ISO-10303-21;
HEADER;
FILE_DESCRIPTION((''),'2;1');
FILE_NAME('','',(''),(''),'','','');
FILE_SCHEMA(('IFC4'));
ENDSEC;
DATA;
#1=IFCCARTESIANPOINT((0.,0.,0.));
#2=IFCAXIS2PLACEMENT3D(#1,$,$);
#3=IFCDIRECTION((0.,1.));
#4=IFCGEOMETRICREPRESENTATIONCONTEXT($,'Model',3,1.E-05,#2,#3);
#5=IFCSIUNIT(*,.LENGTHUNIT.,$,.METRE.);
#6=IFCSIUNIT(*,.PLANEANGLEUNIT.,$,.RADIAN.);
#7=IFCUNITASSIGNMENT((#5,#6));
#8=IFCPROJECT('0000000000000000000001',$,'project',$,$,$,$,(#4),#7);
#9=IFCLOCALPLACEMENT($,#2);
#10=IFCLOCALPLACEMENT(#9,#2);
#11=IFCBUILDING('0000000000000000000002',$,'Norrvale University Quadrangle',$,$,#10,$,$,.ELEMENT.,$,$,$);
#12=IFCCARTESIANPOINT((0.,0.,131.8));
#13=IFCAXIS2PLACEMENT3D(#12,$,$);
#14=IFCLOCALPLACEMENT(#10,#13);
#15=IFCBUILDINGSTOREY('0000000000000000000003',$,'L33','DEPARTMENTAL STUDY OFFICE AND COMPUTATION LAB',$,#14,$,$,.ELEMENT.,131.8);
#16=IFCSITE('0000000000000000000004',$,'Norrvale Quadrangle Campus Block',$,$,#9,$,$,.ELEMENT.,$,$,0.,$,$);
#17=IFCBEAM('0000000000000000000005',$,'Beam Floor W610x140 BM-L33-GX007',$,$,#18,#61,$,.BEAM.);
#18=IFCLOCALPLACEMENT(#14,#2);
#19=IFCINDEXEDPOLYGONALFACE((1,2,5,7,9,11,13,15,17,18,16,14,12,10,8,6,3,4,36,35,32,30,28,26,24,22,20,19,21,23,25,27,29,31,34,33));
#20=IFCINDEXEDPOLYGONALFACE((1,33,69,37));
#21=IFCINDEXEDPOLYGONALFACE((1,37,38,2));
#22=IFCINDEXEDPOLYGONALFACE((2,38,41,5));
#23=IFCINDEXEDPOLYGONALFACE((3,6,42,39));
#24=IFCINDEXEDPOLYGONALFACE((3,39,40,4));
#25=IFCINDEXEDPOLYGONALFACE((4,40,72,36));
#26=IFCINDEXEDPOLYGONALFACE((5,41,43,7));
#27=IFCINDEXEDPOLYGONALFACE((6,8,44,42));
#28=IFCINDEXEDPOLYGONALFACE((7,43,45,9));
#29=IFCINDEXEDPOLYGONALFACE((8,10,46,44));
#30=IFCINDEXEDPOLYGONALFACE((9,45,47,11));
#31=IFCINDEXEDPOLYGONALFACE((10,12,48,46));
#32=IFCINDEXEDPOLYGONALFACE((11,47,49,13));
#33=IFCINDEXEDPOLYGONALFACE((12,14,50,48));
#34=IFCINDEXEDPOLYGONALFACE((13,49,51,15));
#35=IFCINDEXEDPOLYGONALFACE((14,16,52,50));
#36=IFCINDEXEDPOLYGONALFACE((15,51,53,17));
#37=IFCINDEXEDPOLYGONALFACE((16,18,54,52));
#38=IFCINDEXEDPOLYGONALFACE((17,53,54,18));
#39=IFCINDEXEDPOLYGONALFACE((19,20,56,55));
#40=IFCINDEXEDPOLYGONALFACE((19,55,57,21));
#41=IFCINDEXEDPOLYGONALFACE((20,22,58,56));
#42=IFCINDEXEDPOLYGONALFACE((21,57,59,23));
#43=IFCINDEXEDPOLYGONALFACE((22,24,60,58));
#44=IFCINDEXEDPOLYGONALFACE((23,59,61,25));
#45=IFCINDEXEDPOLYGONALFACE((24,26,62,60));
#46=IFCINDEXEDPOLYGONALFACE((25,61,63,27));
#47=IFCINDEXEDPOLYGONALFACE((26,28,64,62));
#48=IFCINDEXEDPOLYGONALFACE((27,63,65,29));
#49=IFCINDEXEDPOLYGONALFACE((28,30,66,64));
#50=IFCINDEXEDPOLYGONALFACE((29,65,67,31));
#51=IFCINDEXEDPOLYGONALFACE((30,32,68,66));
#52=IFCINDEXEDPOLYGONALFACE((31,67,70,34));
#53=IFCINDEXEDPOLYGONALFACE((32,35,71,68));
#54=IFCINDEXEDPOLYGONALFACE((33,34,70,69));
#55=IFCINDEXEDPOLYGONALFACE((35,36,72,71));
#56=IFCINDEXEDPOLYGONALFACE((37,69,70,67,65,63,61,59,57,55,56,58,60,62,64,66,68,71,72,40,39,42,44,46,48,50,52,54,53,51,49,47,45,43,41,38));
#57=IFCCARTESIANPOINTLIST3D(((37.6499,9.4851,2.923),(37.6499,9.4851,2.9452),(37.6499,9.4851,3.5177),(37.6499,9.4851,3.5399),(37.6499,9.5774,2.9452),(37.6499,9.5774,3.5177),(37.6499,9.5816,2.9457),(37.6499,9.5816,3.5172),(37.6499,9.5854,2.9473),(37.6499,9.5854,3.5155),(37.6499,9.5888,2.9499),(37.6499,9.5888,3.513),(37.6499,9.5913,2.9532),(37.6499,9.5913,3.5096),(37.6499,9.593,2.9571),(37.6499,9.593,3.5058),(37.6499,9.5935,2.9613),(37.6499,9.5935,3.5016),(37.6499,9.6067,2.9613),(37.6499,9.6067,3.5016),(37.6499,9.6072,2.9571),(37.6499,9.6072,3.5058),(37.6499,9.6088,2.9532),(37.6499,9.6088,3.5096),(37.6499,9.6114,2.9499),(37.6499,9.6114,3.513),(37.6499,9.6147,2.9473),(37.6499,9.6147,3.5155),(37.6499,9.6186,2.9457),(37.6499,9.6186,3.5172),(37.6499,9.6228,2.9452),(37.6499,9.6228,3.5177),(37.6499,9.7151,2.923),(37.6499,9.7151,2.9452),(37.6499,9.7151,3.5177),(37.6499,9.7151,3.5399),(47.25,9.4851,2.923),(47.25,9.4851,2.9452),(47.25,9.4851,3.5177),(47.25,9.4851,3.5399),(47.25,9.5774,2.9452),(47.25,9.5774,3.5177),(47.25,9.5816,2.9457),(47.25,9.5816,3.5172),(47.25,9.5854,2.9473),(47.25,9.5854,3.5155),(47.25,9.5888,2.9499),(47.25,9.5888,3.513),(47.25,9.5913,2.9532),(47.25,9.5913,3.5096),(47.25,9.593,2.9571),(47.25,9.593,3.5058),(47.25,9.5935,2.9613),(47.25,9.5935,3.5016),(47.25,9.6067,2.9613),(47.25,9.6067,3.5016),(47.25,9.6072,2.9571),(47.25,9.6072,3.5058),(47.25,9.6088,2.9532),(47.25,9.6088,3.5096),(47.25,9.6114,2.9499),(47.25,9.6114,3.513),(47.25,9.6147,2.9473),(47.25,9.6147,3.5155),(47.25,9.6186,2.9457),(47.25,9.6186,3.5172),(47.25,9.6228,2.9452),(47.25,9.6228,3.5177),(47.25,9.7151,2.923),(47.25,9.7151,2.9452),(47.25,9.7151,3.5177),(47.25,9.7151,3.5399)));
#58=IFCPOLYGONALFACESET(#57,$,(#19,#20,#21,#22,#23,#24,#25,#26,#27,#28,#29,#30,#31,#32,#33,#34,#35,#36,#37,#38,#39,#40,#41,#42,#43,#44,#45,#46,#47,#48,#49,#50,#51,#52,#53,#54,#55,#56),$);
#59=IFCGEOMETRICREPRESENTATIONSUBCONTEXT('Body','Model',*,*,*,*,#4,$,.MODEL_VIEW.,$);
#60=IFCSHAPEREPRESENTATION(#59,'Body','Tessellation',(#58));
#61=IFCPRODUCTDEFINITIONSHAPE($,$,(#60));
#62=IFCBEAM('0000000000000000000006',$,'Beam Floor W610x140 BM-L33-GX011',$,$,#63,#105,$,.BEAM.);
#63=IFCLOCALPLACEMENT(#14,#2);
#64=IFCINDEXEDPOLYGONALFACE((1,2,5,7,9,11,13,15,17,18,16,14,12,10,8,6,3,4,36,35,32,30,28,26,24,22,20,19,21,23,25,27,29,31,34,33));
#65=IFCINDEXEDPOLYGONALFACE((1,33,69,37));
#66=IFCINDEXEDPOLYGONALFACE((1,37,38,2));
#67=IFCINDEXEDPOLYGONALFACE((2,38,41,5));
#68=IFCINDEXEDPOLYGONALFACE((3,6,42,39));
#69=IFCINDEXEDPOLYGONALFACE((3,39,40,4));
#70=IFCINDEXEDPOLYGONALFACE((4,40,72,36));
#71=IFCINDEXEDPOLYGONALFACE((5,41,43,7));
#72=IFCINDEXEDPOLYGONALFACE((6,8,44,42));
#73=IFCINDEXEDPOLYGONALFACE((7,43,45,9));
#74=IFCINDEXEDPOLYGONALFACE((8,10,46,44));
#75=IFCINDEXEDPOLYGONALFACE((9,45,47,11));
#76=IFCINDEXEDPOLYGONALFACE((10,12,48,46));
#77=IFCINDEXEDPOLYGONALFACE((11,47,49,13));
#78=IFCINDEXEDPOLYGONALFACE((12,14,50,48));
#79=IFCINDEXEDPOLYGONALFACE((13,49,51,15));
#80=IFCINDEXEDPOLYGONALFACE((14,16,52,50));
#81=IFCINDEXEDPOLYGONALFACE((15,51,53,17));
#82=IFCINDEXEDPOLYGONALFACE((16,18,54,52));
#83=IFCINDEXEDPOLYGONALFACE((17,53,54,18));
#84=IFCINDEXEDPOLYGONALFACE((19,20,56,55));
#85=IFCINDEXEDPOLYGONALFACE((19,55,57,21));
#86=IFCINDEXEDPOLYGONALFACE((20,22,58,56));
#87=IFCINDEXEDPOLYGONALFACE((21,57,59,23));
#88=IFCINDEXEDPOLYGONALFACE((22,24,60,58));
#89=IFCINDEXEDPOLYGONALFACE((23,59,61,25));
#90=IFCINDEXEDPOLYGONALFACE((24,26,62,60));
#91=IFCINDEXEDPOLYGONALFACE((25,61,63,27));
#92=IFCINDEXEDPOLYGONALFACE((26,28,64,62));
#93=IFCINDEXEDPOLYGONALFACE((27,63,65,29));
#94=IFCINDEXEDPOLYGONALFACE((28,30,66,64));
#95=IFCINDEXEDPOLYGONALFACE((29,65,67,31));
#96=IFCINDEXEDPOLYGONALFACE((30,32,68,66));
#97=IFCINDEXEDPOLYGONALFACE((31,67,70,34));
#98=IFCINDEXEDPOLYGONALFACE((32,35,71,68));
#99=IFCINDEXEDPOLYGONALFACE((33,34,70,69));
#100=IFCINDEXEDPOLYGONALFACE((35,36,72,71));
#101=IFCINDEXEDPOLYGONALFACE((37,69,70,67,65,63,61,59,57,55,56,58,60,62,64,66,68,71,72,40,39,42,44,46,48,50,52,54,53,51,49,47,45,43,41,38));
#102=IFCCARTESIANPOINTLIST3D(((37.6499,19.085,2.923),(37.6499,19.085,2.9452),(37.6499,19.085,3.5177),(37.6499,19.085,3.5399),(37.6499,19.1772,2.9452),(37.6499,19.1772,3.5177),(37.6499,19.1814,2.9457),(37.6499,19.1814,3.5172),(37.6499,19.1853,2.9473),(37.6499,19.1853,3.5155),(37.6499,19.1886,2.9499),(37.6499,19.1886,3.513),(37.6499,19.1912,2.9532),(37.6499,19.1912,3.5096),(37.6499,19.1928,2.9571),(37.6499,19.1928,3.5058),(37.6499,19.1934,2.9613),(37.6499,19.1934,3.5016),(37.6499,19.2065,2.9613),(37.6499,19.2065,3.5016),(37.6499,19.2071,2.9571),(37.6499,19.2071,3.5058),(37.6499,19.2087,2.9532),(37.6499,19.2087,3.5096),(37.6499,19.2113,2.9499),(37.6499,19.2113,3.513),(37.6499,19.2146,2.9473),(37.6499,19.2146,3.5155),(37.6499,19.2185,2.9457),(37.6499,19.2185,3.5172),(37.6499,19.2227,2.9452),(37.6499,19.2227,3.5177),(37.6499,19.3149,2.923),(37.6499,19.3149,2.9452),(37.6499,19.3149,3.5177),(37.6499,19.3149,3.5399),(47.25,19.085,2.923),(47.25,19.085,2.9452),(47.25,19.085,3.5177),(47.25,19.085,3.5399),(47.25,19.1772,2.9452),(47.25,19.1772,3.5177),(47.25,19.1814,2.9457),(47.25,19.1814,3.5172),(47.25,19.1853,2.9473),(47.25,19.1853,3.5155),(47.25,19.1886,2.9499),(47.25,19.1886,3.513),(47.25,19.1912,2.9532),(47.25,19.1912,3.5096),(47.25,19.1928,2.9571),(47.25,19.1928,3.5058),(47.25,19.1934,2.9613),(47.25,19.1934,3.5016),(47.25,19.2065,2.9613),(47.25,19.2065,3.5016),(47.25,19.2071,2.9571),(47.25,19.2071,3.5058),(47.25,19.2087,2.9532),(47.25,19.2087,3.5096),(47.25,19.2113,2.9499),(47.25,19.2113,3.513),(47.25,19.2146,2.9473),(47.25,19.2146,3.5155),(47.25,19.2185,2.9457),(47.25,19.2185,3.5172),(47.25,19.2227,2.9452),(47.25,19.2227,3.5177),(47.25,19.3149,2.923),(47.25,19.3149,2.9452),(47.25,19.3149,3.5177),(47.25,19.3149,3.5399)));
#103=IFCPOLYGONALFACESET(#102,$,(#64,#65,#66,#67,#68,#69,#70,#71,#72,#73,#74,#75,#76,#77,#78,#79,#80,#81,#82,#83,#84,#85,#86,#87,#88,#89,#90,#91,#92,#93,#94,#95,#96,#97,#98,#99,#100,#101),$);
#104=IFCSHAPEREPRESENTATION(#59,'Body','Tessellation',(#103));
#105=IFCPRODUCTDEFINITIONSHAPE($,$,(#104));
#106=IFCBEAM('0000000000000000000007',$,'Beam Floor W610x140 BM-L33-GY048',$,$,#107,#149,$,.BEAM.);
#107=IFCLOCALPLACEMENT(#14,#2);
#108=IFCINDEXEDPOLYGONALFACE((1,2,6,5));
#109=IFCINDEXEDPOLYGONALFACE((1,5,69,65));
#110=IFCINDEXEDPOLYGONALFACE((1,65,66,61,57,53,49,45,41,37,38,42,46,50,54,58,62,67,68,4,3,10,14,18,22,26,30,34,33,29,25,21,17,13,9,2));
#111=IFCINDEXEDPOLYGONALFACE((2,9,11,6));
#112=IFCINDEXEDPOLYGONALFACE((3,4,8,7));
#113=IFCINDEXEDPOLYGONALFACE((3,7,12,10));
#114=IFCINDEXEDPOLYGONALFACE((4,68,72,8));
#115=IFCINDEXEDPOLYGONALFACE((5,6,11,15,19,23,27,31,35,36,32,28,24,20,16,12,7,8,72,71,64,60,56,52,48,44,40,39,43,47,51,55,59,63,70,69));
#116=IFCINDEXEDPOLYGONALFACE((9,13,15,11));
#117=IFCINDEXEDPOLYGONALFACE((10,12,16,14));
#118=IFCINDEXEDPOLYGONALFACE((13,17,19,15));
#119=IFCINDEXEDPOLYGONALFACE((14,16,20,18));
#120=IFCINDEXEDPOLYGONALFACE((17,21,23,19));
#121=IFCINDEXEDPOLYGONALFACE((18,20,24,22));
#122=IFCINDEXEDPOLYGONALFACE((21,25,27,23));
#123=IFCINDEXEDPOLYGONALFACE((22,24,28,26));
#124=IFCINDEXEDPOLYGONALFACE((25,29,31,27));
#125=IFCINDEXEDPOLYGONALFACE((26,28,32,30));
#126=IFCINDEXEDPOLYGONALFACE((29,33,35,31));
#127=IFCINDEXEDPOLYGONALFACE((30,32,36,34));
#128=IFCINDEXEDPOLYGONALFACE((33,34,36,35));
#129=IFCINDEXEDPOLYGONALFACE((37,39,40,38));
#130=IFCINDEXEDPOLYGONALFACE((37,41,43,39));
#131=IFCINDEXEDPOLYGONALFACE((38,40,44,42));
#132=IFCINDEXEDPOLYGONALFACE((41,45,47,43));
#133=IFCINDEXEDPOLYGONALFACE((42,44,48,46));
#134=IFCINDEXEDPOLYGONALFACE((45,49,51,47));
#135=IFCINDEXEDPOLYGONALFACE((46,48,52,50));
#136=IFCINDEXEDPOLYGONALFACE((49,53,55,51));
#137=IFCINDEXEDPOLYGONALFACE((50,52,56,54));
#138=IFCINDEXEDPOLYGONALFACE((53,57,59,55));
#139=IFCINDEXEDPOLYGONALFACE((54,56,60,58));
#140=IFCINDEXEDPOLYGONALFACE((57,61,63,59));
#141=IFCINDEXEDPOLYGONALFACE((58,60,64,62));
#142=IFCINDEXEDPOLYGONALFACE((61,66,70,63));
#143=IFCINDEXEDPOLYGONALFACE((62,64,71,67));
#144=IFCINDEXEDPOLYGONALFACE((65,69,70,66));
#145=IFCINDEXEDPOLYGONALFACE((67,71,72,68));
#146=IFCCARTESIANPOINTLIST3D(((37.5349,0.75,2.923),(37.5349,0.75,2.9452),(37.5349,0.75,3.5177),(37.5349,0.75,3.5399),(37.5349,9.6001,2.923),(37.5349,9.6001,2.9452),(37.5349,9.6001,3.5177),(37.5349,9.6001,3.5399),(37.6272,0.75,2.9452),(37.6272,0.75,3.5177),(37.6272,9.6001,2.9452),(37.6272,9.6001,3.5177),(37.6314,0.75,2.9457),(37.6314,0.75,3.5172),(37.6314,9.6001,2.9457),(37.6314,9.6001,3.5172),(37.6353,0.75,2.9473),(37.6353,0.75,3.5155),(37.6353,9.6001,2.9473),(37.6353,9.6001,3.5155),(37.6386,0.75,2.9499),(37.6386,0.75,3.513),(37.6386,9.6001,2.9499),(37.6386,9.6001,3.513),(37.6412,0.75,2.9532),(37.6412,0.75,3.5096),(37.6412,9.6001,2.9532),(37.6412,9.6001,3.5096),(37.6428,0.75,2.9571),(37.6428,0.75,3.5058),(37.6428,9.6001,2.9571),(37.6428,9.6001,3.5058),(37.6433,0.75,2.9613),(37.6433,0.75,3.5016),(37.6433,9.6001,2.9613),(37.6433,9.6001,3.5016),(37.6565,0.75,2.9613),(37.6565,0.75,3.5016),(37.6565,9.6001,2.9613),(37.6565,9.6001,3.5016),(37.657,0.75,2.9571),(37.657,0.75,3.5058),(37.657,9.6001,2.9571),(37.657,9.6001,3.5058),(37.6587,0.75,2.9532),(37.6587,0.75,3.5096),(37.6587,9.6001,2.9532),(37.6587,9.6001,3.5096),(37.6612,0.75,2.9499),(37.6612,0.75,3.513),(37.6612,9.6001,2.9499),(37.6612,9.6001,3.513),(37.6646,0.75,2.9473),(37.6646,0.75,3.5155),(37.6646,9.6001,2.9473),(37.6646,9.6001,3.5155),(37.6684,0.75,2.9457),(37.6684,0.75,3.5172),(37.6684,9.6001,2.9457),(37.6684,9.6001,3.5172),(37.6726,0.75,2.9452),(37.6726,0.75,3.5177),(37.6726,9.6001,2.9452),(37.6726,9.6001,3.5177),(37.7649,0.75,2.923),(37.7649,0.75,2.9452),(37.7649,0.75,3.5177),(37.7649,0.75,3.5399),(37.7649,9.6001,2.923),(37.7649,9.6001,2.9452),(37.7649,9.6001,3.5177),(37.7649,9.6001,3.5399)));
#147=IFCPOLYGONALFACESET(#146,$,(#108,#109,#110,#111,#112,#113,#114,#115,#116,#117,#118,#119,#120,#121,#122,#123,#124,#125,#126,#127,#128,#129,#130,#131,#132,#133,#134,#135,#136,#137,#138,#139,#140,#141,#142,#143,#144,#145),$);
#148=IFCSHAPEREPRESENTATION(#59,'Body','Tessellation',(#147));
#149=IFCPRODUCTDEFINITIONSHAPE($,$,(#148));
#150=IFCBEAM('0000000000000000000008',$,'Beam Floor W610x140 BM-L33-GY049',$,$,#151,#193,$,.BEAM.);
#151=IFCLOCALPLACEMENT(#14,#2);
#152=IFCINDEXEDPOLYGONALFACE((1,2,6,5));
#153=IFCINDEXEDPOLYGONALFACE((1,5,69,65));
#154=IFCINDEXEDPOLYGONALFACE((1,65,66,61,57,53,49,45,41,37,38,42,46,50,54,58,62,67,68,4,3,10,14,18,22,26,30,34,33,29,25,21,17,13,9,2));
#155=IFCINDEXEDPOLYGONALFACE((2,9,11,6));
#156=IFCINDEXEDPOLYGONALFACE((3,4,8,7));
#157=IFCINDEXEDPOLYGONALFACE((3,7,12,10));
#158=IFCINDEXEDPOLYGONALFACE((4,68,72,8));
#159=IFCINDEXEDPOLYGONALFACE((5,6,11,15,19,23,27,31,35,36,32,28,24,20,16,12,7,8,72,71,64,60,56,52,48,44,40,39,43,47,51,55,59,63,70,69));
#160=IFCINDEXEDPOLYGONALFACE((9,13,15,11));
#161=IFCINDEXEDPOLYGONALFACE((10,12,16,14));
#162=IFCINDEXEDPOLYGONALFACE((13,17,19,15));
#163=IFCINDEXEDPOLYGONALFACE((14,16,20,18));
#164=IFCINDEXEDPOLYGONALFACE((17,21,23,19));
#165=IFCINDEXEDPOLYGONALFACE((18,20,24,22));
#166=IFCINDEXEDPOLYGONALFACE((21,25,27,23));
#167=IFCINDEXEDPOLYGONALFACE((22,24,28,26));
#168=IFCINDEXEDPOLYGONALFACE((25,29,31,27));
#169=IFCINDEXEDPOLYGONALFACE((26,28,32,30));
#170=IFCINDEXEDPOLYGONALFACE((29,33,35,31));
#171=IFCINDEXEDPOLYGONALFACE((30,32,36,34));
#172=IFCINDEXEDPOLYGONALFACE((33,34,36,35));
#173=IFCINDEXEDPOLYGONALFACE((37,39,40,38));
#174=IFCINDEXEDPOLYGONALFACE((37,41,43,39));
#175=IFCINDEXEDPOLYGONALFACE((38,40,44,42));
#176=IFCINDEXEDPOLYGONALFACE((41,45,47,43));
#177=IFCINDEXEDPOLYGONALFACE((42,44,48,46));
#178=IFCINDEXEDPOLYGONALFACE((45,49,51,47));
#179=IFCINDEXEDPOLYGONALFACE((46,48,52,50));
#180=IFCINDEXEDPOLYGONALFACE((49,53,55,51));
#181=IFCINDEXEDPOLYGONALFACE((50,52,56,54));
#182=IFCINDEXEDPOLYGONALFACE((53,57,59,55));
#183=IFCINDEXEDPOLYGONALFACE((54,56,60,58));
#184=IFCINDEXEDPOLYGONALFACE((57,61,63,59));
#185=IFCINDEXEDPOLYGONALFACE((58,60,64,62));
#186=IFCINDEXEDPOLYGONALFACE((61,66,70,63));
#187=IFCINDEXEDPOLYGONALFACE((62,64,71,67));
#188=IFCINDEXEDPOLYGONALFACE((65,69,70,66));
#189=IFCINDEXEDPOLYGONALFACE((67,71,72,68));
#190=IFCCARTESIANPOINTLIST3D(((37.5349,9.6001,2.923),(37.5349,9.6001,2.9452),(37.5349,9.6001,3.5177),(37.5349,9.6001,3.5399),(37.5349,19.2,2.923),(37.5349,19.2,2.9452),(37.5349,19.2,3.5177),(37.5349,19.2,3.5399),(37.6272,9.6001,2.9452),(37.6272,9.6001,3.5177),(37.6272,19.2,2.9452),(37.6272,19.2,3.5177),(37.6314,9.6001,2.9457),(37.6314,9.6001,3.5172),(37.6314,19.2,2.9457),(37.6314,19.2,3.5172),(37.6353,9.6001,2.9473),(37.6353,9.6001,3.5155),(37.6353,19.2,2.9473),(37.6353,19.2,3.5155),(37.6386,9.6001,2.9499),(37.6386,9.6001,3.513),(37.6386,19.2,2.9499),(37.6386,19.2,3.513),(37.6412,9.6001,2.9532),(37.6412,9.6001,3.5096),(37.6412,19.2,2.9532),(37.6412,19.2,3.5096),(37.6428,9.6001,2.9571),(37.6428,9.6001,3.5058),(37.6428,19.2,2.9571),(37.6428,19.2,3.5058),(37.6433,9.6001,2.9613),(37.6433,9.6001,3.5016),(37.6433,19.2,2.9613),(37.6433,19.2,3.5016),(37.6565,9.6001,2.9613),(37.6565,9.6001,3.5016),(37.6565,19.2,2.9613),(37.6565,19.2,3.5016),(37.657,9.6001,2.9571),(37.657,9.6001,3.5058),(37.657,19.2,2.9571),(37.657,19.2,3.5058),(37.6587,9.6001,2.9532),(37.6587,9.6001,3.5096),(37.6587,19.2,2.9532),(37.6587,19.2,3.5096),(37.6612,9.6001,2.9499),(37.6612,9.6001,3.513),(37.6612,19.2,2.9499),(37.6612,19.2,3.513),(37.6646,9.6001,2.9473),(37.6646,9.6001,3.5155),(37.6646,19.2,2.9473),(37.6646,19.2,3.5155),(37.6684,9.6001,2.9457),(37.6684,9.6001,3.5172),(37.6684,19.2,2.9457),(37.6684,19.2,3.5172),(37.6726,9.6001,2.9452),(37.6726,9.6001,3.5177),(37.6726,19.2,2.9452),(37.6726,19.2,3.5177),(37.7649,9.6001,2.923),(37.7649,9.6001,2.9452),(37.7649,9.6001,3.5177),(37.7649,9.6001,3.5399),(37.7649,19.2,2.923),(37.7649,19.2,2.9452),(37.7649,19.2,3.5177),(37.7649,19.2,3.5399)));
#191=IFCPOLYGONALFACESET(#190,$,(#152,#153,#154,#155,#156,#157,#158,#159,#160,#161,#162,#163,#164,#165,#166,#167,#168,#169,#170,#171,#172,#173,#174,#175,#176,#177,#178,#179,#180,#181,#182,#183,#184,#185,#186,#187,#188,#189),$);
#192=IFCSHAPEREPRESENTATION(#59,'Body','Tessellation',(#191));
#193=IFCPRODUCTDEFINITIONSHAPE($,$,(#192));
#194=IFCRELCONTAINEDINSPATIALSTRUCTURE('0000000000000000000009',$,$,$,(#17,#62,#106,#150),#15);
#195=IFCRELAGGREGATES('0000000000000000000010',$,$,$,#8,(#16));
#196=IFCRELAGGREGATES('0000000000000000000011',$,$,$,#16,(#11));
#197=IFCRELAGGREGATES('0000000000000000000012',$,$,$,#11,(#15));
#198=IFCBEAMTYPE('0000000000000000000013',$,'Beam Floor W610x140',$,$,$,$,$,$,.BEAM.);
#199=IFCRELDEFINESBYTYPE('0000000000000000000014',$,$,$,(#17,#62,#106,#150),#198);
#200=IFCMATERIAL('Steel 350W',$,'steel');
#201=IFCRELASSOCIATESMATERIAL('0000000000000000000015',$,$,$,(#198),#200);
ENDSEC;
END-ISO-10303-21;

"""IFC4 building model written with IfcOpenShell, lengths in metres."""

from ifc_helpers import new_model, si_unit, direction, frame, origin, origin_2d, place, context, subcontext, project, spatial, i_section, extrude, material, material_profile, profile_set, type_object, element, save


model = new_model("IFC4")

# Units and contexts
model_context = context("Model", 3, precision=1e-05, world=origin(), true_north=direction((0.0, 1.0)))
body_context = subcontext(model_context, "Body", "Model", "MODEL_VIEW")
ifc_project = project(units=[si_unit("LENGTHUNIT", "METRE"), si_unit("PLANEANGLEUNIT", "RADIAN")], contexts=[model_context])

# Site, building, storey
site_placement = place(None, origin())
site = spatial("IfcSite", under=ifc_project, at=site_placement, Name="Norrvale Quadrangle Campus Block", CompositionType="ELEMENT", RefElevation=0.0)
building_placement = place(site_placement, origin())
building = spatial("IfcBuilding", under=site, at=building_placement, Name="Norrvale University Quadrangle", CompositionType="ELEMENT")
storey_placement = place(building_placement, frame((0.0, 0.0, 131.8)))
storey = spatial("IfcBuildingStorey", under=building, at=storey_placement, Name="L33", Description="DEPARTMENTAL STUDY OFFICE AND COMPUTATION LAB", CompositionType="ELEMENT", Elevation=131.8)

# Beams
ifc_material_1 = material(Name="Steel 350W", Category="steel")
ifc_material_profile_1 = material_profile(ifc_material_1, i_section(OverallWidth=0.23, OverallDepth=0.6169, WebThickness=0.0132, FlangeThickness=0.0222, FilletRadius=0.0161, at=origin_2d()), Name="Steel 350W")
ifc_profile_set_1 = profile_set([ifc_material_profile_1], Name="Steel 350W")
beam_type_1 = type_object("IfcBeamType", Name="Beam Floor W610x140", PredefinedType="BEAM", material=ifc_profile_set_1)
for number, where, z_axis, x_axis, name in (
    (1, (37.6499, 9.6001, 3.2314), (1.0, 0.0, 0.0), (0.0, 1.0, 0.0), "Beam Floor W610x140 BM-L33-GX007"),
    (2, (37.6499, 19.2, 3.2314), (1.0, 0.0, 0.0), (0.0, 1.0, 0.0), "Beam Floor W610x140 BM-L33-GX011"),
):
    element("IfcBeam", number, at=place(storey_placement, frame(where, z_axis=z_axis, x_axis=x_axis)), inside=storey, type_object=beam_type_1, Name=name, PredefinedType="BEAM", context=body_context, shape_type="SweptSolid", body=[
        extrude(i_section(OverallWidth=0.23, OverallDepth=0.6169, WebThickness=0.0132, FlangeThickness=0.0222, FilletRadius=0.0161, at=origin_2d()), origin(), (0.0, 0.0, 1.0), 9.6001),
    ])
beam_1_placement = place(storey_placement, frame((37.6499, 0.75, 3.2314), z_axis=(0.0, 1.0, 0.0), x_axis=(-1.0, 0.0, 0.0)))
element("IfcBeam", 3, at=beam_1_placement, inside=storey, type_object=beam_type_1, Name="Beam Floor W610x140 BM-L33-GY048", PredefinedType="BEAM", context=body_context, shape_type="SweptSolid", body=[
    extrude(i_section(OverallWidth=0.23, OverallDepth=0.6169, WebThickness=0.0132, FlangeThickness=0.0222, FilletRadius=0.0161, at=origin_2d()), origin(), (0.0, 0.0, 1.0), 8.8501),
])
beam_2_placement = place(storey_placement, frame((37.6499, 9.6001, 3.2314), z_axis=(0.0, 1.0, 0.0), x_axis=(-1.0, 0.0, 0.0)))
element("IfcBeam", 4, at=beam_2_placement, inside=storey, type_object=beam_type_1, Name="Beam Floor W610x140 BM-L33-GY049", PredefinedType="BEAM", context=body_context, shape_type="SweptSolid", body=[
    extrude(i_section(OverallWidth=0.23, OverallDepth=0.6169, WebThickness=0.0132, FlangeThickness=0.0222, FilletRadius=0.0161, at=origin_2d()), origin(), (0.0, 0.0, 1.0), 9.5999),
])

save(model, "model.ifc")
